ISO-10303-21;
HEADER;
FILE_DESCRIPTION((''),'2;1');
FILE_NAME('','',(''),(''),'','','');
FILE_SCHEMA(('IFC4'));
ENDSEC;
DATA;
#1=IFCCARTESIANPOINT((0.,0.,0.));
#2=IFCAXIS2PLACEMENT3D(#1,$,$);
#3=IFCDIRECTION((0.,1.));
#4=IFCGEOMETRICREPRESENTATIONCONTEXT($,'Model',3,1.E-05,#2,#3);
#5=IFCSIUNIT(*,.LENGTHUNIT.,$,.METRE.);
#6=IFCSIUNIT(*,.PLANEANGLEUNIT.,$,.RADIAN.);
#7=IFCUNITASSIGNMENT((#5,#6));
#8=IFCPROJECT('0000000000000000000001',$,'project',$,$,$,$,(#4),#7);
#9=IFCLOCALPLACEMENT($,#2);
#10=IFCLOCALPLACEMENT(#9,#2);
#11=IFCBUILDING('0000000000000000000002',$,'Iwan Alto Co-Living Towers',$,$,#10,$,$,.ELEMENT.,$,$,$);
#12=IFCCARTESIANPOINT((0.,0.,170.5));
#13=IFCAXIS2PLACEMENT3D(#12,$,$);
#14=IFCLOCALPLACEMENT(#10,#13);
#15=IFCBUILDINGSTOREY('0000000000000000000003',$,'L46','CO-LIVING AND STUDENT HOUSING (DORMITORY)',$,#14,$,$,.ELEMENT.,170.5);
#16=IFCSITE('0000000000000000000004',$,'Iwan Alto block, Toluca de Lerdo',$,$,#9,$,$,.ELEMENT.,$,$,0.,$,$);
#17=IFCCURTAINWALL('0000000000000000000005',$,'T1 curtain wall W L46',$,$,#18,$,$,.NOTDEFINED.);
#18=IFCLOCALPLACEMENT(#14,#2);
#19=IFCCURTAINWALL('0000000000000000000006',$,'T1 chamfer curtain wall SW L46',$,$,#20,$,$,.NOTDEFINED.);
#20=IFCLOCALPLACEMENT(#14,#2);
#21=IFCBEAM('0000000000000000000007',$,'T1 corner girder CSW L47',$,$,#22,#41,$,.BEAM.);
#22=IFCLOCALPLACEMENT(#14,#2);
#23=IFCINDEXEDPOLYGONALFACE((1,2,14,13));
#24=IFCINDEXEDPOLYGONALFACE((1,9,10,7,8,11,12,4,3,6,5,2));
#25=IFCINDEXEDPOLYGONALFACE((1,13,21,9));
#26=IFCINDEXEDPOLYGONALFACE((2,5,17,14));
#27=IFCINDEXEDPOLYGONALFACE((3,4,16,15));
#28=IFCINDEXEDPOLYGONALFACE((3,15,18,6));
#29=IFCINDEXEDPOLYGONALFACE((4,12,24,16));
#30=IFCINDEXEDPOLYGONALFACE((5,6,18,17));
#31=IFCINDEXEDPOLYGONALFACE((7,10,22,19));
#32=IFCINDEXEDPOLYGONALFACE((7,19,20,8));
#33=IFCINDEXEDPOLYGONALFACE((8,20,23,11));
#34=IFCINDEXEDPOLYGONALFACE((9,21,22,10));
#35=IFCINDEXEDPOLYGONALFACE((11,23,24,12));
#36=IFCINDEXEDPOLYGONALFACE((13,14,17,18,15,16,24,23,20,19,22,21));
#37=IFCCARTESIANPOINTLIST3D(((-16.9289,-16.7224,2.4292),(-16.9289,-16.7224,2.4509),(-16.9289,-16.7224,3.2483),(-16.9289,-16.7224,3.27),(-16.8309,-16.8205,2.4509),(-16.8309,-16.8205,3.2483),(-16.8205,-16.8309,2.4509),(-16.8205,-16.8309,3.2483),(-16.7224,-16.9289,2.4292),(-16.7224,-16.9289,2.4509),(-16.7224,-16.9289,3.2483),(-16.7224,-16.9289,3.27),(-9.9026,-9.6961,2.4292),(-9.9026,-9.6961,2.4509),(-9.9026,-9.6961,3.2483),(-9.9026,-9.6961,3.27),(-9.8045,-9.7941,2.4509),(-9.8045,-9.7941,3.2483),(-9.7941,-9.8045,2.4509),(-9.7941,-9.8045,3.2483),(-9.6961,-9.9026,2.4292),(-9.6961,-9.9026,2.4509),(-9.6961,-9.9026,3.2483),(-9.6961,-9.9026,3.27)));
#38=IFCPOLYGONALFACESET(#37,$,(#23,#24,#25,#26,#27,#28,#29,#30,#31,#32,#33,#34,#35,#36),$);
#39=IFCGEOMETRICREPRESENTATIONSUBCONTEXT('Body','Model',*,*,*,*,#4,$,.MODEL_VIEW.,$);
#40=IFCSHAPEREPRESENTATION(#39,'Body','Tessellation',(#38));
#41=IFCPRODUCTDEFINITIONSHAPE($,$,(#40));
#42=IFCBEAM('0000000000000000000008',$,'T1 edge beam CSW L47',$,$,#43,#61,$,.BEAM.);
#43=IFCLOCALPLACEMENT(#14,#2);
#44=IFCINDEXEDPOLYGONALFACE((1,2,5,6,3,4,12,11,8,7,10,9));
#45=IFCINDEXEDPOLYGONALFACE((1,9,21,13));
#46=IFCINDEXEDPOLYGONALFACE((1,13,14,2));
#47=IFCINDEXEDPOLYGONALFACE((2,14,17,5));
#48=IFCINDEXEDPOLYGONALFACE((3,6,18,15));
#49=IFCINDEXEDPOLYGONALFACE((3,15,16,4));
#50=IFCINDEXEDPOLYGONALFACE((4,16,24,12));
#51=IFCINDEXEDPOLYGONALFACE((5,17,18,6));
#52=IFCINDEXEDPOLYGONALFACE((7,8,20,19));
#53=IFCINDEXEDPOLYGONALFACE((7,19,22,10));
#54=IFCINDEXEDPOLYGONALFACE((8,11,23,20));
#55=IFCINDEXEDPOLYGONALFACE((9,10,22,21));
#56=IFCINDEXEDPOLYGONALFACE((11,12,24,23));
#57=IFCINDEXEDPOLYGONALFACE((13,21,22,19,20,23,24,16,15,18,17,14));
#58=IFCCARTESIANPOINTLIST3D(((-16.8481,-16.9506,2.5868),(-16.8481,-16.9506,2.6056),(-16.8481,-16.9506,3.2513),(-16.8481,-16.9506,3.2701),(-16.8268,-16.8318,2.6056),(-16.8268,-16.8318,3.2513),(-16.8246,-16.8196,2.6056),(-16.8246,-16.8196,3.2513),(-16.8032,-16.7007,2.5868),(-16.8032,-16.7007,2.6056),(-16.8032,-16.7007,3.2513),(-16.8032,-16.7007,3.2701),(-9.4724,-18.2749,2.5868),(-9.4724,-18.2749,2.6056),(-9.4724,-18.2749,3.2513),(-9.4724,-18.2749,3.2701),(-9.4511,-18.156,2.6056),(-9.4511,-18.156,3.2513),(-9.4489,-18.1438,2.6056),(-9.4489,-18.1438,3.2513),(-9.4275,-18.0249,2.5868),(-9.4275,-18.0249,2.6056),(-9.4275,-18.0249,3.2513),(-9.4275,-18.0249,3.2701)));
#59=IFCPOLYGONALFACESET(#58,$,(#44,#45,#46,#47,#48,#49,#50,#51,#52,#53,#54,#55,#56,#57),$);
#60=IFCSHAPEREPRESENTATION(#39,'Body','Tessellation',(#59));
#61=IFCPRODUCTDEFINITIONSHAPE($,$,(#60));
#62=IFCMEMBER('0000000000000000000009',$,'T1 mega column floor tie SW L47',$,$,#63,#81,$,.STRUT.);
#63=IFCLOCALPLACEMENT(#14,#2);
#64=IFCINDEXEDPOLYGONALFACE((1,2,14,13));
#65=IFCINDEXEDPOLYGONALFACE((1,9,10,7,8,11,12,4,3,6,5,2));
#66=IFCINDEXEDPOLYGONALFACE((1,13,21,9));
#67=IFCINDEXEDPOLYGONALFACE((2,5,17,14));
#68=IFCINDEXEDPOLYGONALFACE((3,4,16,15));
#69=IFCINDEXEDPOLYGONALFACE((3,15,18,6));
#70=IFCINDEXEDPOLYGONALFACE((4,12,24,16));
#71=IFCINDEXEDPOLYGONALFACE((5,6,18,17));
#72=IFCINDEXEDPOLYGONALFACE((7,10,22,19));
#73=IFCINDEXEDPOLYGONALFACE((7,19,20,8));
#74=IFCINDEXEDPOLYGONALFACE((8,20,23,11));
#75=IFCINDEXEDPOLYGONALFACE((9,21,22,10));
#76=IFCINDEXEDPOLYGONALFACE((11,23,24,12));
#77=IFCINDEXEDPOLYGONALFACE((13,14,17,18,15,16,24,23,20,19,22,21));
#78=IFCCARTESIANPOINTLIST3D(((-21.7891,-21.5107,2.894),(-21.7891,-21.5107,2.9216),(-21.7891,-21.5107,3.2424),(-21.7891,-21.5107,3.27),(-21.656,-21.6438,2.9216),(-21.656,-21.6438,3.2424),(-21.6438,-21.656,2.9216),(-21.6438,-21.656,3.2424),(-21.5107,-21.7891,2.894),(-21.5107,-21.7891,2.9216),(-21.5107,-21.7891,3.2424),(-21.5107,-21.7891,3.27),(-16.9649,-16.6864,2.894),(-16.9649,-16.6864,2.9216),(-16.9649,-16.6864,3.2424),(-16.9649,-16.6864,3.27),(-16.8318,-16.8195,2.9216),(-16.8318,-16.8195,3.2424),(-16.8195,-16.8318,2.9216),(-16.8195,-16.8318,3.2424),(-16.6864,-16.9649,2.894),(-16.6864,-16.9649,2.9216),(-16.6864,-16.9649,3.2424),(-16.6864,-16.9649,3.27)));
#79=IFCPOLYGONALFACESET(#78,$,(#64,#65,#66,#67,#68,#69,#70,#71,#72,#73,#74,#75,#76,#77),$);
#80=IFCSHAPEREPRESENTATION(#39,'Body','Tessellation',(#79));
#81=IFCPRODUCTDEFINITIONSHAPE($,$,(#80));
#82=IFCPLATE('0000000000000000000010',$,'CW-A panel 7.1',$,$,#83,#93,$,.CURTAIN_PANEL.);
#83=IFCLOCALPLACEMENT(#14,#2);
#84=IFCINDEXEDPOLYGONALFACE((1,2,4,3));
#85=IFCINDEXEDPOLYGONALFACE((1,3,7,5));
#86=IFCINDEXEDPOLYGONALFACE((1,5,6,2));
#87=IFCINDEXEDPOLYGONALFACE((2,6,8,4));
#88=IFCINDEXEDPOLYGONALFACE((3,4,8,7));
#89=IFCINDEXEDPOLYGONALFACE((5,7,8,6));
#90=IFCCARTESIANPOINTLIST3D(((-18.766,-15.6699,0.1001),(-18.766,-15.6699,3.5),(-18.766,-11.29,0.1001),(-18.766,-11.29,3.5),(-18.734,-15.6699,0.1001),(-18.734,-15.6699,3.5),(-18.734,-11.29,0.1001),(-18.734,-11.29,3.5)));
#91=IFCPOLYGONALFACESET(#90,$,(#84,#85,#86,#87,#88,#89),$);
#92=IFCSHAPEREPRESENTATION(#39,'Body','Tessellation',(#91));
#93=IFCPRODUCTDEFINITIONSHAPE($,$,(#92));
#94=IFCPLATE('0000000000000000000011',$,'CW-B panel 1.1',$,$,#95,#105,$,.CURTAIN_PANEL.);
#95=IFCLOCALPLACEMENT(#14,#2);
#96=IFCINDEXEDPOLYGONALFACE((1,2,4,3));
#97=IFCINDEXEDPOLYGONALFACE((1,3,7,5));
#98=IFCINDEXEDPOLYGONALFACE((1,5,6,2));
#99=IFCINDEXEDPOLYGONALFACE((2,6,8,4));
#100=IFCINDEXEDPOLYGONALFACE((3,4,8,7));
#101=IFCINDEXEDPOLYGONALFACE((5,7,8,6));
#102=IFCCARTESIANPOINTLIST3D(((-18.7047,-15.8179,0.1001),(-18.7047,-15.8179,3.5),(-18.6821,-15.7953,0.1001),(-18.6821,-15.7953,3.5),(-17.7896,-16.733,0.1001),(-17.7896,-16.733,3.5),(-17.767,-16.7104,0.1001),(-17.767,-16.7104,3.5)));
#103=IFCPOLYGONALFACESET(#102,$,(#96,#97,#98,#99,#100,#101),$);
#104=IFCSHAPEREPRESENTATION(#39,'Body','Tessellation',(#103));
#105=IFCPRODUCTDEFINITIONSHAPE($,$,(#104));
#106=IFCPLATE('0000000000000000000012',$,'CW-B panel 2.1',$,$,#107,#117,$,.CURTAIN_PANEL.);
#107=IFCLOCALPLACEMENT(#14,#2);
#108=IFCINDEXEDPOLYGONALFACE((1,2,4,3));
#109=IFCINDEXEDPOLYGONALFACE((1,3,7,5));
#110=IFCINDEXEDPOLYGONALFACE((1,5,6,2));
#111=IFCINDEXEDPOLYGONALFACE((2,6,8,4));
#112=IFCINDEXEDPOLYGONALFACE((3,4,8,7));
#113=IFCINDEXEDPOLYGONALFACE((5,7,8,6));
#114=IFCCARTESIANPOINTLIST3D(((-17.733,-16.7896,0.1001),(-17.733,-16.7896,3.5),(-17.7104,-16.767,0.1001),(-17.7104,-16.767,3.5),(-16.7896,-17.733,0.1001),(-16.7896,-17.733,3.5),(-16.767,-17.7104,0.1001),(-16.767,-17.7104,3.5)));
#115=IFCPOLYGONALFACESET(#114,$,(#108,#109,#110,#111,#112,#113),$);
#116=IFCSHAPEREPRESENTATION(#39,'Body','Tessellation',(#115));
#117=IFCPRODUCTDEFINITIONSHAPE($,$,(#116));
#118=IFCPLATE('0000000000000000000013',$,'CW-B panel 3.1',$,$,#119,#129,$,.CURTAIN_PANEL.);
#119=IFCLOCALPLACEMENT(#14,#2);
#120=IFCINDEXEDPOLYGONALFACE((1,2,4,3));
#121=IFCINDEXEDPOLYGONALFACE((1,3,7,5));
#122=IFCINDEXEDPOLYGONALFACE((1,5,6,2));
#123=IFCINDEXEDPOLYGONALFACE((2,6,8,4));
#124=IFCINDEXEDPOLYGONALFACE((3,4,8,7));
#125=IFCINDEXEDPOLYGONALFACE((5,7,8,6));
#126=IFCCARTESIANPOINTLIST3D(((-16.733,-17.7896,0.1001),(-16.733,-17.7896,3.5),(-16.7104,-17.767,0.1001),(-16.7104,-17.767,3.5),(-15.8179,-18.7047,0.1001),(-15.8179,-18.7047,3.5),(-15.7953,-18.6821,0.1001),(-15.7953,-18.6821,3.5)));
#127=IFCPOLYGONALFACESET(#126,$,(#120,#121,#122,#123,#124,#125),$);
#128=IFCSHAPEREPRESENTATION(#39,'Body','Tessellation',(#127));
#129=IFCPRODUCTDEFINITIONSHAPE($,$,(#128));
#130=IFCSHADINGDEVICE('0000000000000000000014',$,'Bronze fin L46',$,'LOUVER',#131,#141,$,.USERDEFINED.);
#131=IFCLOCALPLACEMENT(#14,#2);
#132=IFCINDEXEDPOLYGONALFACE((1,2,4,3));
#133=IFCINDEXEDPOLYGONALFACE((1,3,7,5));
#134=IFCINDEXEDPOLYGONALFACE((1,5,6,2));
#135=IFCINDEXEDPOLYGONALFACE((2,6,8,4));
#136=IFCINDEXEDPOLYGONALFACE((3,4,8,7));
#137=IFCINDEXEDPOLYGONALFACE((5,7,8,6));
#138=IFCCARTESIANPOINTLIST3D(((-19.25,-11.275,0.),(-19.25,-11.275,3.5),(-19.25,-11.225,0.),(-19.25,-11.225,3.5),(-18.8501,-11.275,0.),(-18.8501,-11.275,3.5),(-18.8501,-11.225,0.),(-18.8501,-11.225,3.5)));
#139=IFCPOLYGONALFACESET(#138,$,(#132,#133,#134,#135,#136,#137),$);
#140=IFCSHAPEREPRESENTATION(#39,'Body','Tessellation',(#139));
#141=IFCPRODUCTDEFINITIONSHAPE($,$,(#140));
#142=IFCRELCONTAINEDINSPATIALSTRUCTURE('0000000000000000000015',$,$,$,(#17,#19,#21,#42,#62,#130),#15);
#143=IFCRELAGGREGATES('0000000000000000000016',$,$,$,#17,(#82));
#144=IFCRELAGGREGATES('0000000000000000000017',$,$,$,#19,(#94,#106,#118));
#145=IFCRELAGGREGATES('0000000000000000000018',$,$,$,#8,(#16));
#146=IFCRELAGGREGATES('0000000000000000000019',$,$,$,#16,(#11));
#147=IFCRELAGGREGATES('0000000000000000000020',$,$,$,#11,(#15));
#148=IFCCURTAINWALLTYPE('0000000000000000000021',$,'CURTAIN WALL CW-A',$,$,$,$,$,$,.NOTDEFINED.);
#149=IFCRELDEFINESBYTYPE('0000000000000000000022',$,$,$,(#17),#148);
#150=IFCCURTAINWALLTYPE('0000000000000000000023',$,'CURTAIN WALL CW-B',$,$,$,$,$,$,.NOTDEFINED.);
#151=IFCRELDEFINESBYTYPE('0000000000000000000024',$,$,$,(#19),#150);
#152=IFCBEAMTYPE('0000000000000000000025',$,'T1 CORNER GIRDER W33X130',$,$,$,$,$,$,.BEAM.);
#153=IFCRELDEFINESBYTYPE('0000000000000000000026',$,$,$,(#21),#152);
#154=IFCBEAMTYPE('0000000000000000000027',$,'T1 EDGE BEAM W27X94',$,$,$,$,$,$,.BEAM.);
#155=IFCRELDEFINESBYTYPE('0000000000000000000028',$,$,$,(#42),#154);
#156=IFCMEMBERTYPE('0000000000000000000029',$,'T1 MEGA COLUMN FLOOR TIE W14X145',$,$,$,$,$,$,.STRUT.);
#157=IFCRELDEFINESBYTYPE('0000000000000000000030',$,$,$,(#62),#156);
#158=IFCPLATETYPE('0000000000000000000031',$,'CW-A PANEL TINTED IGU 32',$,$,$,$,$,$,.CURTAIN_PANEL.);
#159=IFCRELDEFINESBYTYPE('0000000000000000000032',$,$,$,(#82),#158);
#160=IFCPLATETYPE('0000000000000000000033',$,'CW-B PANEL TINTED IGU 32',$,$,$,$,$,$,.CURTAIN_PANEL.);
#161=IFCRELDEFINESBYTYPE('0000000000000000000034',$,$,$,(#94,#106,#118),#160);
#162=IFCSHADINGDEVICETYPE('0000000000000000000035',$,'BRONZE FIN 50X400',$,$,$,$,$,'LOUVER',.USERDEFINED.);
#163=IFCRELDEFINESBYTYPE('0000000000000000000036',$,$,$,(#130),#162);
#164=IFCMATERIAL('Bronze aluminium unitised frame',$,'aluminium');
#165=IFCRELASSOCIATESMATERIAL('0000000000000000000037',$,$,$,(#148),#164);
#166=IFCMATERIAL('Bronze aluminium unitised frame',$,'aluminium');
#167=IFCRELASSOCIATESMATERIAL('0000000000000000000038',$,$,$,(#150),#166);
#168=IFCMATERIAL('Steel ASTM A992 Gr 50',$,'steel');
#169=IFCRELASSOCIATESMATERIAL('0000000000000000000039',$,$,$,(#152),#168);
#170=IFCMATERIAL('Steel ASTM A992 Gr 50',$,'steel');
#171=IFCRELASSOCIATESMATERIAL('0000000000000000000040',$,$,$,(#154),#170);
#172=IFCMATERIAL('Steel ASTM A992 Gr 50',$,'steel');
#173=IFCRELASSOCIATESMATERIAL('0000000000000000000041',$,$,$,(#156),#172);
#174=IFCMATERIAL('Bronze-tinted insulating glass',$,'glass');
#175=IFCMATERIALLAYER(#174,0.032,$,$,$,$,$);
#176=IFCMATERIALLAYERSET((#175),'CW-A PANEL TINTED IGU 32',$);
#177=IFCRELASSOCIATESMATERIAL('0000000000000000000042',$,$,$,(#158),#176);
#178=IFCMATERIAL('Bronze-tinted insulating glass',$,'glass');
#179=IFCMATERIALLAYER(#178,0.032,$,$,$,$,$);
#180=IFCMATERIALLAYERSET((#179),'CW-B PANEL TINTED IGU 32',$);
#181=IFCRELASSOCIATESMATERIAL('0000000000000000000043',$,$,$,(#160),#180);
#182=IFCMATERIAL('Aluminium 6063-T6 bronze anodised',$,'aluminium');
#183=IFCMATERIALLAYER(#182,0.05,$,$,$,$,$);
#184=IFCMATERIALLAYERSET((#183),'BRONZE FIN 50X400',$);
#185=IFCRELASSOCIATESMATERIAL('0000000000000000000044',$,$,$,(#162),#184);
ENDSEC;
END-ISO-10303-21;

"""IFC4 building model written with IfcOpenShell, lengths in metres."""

from ifc_helpers import new_model, si_unit, direction, frame, origin, origin_2d, place, context, subcontext, project, spatial, rectangle, i_section, extrude, material, layer, layer_set, material_profile, profile_set, type_object, element, aggregate, save


model = new_model("IFC4")

# Units and contexts
model_context = context("Model", 3, precision=1e-05, world=origin(), true_north=direction((0.0, 1.0)))
body_context = subcontext(model_context, "Body", "Model", "MODEL_VIEW")
ifc_project = project(units=[si_unit("LENGTHUNIT", "METRE"), si_unit("PLANEANGLEUNIT", "RADIAN")], contexts=[model_context])

# Site, building, storey
site_placement = place(None, origin())
site = spatial("IfcSite", under=ifc_project, at=site_placement, Name="Iwan Alto block, Toluca de Lerdo", CompositionType="ELEMENT", RefElevation=0.0)
building_placement = place(site_placement, origin())
building = spatial("IfcBuilding", under=site, at=building_placement, Name="Iwan Alto Co-Living Towers", CompositionType="ELEMENT")
storey_placement = place(building_placement, frame((0.0, 0.0, 170.5)))
storey = spatial("IfcBuildingStorey", under=building, at=storey_placement, Name="L46", Description="CO-LIVING AND STUDENT HOUSING (DORMITORY)", CompositionType="ELEMENT", Elevation=170.5)

# Curtain walls
ifc_material_1 = material(Name="Bronze aluminium unitised frame", Category="aluminium")
curtain_wall_type_1 = type_object("IfcCurtainWallType", Name="CURTAIN WALL CW-A", PredefinedType="NOTDEFINED", material=ifc_material_1)
curtain_wall_1_placement = place(storey_placement, origin())
curtain_wall_1 = element("IfcCurtainWall", 1, at=curtain_wall_1_placement, inside=storey, type_object=curtain_wall_type_1, Name="T1 curtain wall W L46", PredefinedType="NOTDEFINED")
ifc_material_2 = material(Name="Bronze aluminium unitised frame", Category="aluminium")
curtain_wall_type_2 = type_object("IfcCurtainWallType", Name="CURTAIN WALL CW-B", PredefinedType="NOTDEFINED", material=ifc_material_2)
curtain_wall_2_placement = place(storey_placement, origin())
curtain_wall_2 = element("IfcCurtainWall", 2, at=curtain_wall_2_placement, inside=storey, type_object=curtain_wall_type_2, Name="T1 chamfer curtain wall SW L46", PredefinedType="NOTDEFINED")

# Beams
ifc_material_3 = material(Name="Steel ASTM A992 Gr 50", Category="steel")
ifc_material_profile_1 = material_profile(ifc_material_3, i_section(OverallWidth=0.292, OverallDepth=0.8408, WebThickness=0.0146, FlangeThickness=0.0217, at=origin_2d()), Name="W33X130")
ifc_profile_set_1 = profile_set([ifc_material_profile_1], Name="Steel ASTM A992 Gr 50")
beam_type_1 = type_object("IfcBeamType", Name="T1 CORNER GIRDER W33X130", PredefinedType="BEAM", material=ifc_profile_set_1)
beam_1_placement = place(storey_placement, frame((-16.8257, -16.8257, 2.8496), z_axis=(0.707107, 0.707107, 0.0), x_axis=(-0.707107, 0.707107, 0.0)))
element("IfcBeam", 3, at=beam_1_placement, inside=storey, type_object=beam_type_1, Name="T1 corner girder CSW L47", PredefinedType="BEAM", context=body_context, shape_type="SweptSolid", body=[
    extrude(i_section(OverallWidth=0.292, OverallDepth=0.8408, WebThickness=0.0146, FlangeThickness=0.0217, at=origin_2d()), origin(), (0.0, 0.0, 1.0), 9.9368),
])
ifc_material_4 = material(Name="Steel ASTM A992 Gr 50", Category="steel")
ifc_material_profile_2 = material_profile(ifc_material_4, i_section(OverallWidth=0.2539, OverallDepth=0.6833, WebThickness=0.0125, FlangeThickness=0.0188, at=origin_2d()), Name="W27X94")
ifc_profile_set_2 = profile_set([ifc_material_profile_2], Name="Steel ASTM A992 Gr 50")
beam_type_2 = type_object("IfcBeamType", Name="T1 EDGE BEAM W27X94", PredefinedType="BEAM", material=ifc_profile_set_2)
beam_2_placement = place(storey_placement, frame((-16.8257, -16.8257, 2.9285), z_axis=(0.984263, -0.176712, 0.0), x_axis=(0.176712, 0.984263, 0.0)))
element("IfcBeam", 4, at=beam_2_placement, inside=storey, type_object=beam_type_2, Name="T1 edge beam CSW L47", PredefinedType="BEAM", context=body_context, shape_type="SweptSolid", body=[
    extrude(i_section(OverallWidth=0.2539, OverallDepth=0.6833, WebThickness=0.0125, FlangeThickness=0.0188, at=origin_2d()), origin(), (0.0, 0.0, 1.0), 7.4937),
])

# Member
ifc_material_5 = material(Name="Steel ASTM A992 Gr 50", Category="steel")
ifc_material_profile_3 = material_profile(ifc_material_5, i_section(OverallWidth=0.3938, OverallDepth=0.376, WebThickness=0.0173, FlangeThickness=0.0276, at=origin_2d()), Name="W14X145")
ifc_profile_set_3 = profile_set([ifc_material_profile_3], Name="Steel ASTM A992 Gr 50")
member_type_1 = type_object("IfcMemberType", Name="T1 MEGA COLUMN FLOOR TIE W14X145", PredefinedType="STRUT", material=ifc_profile_set_3)
member_1_placement = place(storey_placement, frame((-21.6499, -21.6499, 3.082), z_axis=(0.707107, 0.707107, 0.0), x_axis=(-0.707107, 0.707107, 0.0)))
element("IfcMember", 5, at=member_1_placement, inside=storey, type_object=member_type_1, Name="T1 mega column floor tie SW L47", PredefinedType="STRUT", context=body_context, shape_type="SweptSolid", body=[
    extrude(i_section(OverallWidth=0.3938, OverallDepth=0.376, WebThickness=0.0173, FlangeThickness=0.0276, at=origin_2d()), origin(), (0.0, 0.0, 1.0), 6.8225),
])

# Plates
ifc_material_6 = material(Name="Bronze-tinted insulating glass", Category="glass")
ifc_layer_1 = layer(ifc_material_6, 0.032)
ifc_layer_set_1 = layer_set([ifc_layer_1], Name="CW-A PANEL TINTED IGU 32")
plate_type_1 = type_object("IfcPlateType", Name="CW-A PANEL TINTED IGU 32", PredefinedType="CURTAIN_PANEL", material=ifc_layer_set_1)
plate_1_placement = place(storey_placement, frame((-18.75, -13.48, 0.1001), z_axis=(0.0, 0.0, 1.0), x_axis=(0.0, -1.0, 0.0)))
plate_1 = element("IfcPlate", 6, at=plate_1_placement, type_object=plate_type_1, Name="CW-A panel 7.1", PredefinedType="CURTAIN_PANEL", context=body_context, shape_type="SweptSolid", body=[
    extrude(rectangle(XDim=4.3799, YDim=0.032, at=origin_2d()), origin(), (0.0, 0.0, 1.0), 3.3999),
])
aggregate(curtain_wall_1, [plate_1])
ifc_material_7 = material(Name="Bronze-tinted insulating glass", Category="glass")
ifc_layer_2 = layer(ifc_material_7, 0.032)
ifc_layer_set_2 = layer_set([ifc_layer_2], Name="CW-B PANEL TINTED IGU 32")
plate_type_2 = type_object("IfcPlateType", Name="CW-B PANEL TINTED IGU 32", PredefinedType="CURTAIN_PANEL", material=ifc_layer_set_2)
plate_2_placement = place(storey_placement, frame((-18.2358, -16.2642, 0.1001), z_axis=(0.0, 0.0, 1.0), x_axis=(0.707107, -0.707107, 0.0)))
plate_2 = element("IfcPlate", 7, at=plate_2_placement, type_object=plate_type_2, Name="CW-B panel 1.1", PredefinedType="CURTAIN_PANEL", context=body_context, shape_type="SweptSolid", body=[
    extrude(rectangle(XDim=1.2942, YDim=0.032, at=origin_2d()), origin(), (0.0, 0.0, 1.0), 3.3999),
])
plate_3_placement = place(storey_placement, frame((-17.25, -17.25, 0.1001), z_axis=(0.0, 0.0, 1.0), x_axis=(0.707107, -0.707107, 0.0)))
plate_3 = element("IfcPlate", 8, at=plate_3_placement, type_object=plate_type_2, Name="CW-B panel 2.1", PredefinedType="CURTAIN_PANEL", context=body_context, shape_type="SweptSolid", body=[
    extrude(rectangle(XDim=1.3342, YDim=0.032, at=origin_2d()), origin(), (0.0, 0.0, 1.0), 3.3999),
])
plate_4_placement = place(storey_placement, frame((-16.2642, -18.2358, 0.1001), z_axis=(0.0, 0.0, 1.0), x_axis=(0.707107, -0.707107, 0.0)))
plate_4 = element("IfcPlate", 9, at=plate_4_placement, type_object=plate_type_2, Name="CW-B panel 3.1", PredefinedType="CURTAIN_PANEL", context=body_context, shape_type="SweptSolid", body=[
    extrude(rectangle(XDim=1.2942, YDim=0.032, at=origin_2d()), origin(), (0.0, 0.0, 1.0), 3.3999),
])
aggregate(curtain_wall_2, [plate_2, plate_3, plate_4])

# Shading device
ifc_material_8 = material(Name="Aluminium 6063-T6 bronze anodised", Category="aluminium")
ifc_layer_3 = layer(ifc_material_8, 0.05)
ifc_layer_set_3 = layer_set([ifc_layer_3], Name="BRONZE FIN 50X400")
shading_device_type = type_object("IfcShadingDeviceType", Name="BRONZE FIN 50X400", ElementType="LOUVER", PredefinedType="USERDEFINED", material=ifc_layer_set_3)
shading_device_placement = place(storey_placement, frame((-19.05, -11.25, 0.0), z_axis=(0.0, 0.0, 1.0), x_axis=(0.0, -1.0, 0.0)))
element("IfcShadingDevice", 10, at=shading_device_placement, inside=storey, type_object=shading_device_type, Name="Bronze fin L46", ObjectType="LOUVER", PredefinedType="USERDEFINED", context=body_context, shape_type="SweptSolid", body=[
    extrude(rectangle(XDim=0.05, YDim=0.3999, at=origin_2d()), origin(), (0.0, 0.0, 1.0), 3.5),
])

save(model, "model.ifc")
